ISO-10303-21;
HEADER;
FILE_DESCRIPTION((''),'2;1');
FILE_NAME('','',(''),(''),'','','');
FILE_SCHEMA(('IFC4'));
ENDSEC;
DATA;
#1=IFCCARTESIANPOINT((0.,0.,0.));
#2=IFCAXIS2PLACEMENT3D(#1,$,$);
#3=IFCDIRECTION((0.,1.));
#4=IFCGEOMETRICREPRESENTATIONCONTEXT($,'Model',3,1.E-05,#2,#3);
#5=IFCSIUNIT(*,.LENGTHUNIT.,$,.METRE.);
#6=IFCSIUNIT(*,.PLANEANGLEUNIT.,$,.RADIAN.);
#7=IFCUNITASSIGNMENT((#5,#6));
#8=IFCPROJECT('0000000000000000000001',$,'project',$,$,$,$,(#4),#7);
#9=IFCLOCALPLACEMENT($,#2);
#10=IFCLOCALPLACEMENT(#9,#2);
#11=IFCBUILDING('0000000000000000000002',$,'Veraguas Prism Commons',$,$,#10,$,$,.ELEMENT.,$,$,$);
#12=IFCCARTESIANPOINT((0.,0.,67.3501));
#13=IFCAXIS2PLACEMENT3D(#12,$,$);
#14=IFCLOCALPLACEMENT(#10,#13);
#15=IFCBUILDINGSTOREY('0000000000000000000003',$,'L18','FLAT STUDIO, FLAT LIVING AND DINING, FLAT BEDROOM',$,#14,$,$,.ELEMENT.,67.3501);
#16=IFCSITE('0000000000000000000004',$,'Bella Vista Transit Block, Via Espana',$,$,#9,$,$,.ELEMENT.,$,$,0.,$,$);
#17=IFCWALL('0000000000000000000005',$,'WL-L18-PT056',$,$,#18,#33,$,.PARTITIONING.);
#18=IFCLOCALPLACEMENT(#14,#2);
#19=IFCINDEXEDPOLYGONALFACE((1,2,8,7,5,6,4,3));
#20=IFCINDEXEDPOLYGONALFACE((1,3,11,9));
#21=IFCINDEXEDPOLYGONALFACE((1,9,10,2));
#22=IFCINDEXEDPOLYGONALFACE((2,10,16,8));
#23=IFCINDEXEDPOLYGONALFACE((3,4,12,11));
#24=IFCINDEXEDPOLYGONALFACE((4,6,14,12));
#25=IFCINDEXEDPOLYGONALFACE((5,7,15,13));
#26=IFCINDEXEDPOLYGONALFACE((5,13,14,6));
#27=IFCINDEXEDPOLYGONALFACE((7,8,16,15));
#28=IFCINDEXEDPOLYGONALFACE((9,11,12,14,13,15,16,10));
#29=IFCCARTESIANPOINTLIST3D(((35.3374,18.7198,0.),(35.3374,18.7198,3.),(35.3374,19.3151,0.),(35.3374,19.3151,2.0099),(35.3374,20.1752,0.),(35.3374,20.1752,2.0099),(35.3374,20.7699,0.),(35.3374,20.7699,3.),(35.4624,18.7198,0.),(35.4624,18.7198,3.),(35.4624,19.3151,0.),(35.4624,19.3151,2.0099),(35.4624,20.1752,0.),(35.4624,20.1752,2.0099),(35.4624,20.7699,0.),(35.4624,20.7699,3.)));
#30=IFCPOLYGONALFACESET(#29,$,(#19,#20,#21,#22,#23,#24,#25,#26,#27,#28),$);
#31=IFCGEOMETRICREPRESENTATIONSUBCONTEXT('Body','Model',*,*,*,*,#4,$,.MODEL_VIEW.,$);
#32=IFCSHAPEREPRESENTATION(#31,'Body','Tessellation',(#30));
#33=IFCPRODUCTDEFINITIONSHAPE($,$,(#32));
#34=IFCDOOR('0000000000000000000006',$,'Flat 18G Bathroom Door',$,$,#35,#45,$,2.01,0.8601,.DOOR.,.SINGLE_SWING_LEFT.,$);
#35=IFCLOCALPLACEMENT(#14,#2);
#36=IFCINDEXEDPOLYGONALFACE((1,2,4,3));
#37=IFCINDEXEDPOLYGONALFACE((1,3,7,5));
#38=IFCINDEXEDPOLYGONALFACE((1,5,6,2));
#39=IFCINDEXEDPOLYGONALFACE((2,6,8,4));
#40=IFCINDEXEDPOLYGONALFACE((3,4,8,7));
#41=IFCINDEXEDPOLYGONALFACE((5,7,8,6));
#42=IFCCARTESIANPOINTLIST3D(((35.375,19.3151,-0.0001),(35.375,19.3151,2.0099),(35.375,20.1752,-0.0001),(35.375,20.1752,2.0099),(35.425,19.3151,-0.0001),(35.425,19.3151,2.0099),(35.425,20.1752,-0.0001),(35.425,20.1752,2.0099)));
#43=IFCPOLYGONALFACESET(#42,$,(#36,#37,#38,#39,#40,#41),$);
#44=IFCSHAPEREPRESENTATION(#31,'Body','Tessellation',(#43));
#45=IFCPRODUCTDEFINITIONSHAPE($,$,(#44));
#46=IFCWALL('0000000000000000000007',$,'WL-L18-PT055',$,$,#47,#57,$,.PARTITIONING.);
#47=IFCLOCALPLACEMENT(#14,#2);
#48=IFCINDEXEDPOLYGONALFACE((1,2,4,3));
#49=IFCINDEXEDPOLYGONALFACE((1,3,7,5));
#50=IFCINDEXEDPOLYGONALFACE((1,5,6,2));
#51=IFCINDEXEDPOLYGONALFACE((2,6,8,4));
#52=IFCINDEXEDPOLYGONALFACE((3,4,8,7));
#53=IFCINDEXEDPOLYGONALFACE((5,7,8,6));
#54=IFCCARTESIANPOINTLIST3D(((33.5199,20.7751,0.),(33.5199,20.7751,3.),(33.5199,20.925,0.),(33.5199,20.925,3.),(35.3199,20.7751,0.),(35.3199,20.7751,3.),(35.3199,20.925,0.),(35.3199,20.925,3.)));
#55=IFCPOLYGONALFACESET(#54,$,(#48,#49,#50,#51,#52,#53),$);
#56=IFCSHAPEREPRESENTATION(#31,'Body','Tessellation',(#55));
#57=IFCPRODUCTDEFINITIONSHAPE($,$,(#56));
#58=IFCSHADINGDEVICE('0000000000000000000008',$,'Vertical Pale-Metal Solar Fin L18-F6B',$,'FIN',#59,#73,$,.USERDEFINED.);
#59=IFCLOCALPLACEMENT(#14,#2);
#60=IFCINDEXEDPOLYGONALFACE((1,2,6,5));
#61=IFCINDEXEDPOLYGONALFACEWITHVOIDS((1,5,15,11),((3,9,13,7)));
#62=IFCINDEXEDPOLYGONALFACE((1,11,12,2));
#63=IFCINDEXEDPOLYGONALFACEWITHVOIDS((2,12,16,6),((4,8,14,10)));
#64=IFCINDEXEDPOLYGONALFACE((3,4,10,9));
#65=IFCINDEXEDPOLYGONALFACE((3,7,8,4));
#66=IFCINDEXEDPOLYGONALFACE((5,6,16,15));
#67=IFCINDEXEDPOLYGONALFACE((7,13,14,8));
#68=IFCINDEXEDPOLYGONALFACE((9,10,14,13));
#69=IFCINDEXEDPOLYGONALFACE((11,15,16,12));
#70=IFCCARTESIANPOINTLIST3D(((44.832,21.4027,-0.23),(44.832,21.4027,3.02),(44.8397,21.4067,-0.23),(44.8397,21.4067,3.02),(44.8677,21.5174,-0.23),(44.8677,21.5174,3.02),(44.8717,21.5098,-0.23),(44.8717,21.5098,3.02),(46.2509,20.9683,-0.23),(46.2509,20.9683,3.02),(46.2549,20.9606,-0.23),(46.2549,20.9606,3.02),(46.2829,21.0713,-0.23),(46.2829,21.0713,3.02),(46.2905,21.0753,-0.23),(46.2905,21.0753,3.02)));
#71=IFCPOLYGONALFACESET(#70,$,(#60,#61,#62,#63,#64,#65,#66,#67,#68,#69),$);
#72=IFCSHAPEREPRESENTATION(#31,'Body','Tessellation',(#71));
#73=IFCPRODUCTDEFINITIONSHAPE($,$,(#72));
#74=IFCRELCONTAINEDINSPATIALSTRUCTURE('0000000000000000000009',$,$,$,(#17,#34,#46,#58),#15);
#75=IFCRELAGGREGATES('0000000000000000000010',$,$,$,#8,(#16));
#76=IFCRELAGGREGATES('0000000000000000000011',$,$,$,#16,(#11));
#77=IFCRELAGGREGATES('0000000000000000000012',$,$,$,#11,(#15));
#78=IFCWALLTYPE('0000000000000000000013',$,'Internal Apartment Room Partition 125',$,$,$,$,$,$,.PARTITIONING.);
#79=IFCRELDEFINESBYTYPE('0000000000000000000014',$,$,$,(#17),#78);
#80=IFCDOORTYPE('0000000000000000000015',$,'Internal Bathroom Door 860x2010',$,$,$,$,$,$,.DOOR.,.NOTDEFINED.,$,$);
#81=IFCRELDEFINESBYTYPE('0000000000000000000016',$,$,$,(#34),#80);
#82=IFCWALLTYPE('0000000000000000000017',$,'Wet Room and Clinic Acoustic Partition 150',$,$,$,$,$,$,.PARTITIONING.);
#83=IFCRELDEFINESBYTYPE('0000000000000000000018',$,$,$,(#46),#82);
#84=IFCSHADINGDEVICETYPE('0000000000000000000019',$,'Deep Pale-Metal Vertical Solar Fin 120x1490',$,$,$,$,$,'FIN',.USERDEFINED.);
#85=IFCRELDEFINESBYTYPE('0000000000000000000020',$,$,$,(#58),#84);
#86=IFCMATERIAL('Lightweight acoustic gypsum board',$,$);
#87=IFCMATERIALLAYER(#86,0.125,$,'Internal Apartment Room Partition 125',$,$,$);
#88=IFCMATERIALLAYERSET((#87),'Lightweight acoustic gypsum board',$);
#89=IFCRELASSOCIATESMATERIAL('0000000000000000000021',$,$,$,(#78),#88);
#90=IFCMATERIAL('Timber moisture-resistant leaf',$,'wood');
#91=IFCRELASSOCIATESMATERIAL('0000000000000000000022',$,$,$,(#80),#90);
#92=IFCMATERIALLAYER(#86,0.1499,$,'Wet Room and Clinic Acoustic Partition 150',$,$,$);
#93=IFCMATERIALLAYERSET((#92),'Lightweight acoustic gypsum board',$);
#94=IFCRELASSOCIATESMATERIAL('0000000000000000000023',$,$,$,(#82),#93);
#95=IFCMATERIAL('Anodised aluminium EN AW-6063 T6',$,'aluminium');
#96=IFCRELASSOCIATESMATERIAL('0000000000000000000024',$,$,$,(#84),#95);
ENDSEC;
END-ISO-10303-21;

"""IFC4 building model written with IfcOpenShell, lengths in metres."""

from ifc_helpers import new_model, si_unit, direction, frame, frame_2d, origin, origin_2d, place, context, subcontext, project, spatial, rectangle, hollow_rectangle, extrude, source, transform, mapped, material, layer, layer_set, material_profile, profile_set, type_object, element, fill, save


model = new_model("IFC4")

# Units and contexts
model_context = context("Model", 3, precision=1e-05, world=origin(), true_north=direction((0.0, 1.0)))
body_context = subcontext(model_context, "Body", "Model", "MODEL_VIEW")
ifc_project = project(units=[si_unit("LENGTHUNIT", "METRE"), si_unit("PLANEANGLEUNIT", "RADIAN")], contexts=[model_context])

# Site, building, storey
site_placement = place(None, origin())
site = spatial("IfcSite", under=ifc_project, at=site_placement, Name="Bella Vista Transit Block, Via Espana", CompositionType="ELEMENT", RefElevation=0.0)
building_placement = place(site_placement, origin())
building = spatial("IfcBuilding", under=site, at=building_placement, Name="Veraguas Prism Commons", CompositionType="ELEMENT")
storey_placement = place(building_placement, frame((0.0, 0.0, 67.3501)))
storey = spatial("IfcBuildingStorey", under=building, at=storey_placement, Name="L18", Description="FLAT STUDIO, FLAT LIVING AND DINING, FLAT BEDROOM", CompositionType="ELEMENT", Elevation=67.3501)

# Shared definitions
ifc_material_1 = material(Name="Anodised aluminium EN AW-6063 T6", Category="aluminium")

# Shared definitions
ifc_material_2 = material(Name="Lightweight acoustic gypsum board")
ifc_layer_1 = layer(ifc_material_2, 0.125, Name="Internal Apartment Room Partition 125")
ifc_layer_set_1 = layer_set([ifc_layer_1], Name="Lightweight acoustic gypsum board")
wall_type_1 = type_object("IfcWallType", Name="Internal Apartment Room Partition 125", PredefinedType="PARTITIONING", material=ifc_layer_set_1)

# Wall, opening, door
wall_1_placement = place(storey_placement, frame((35.3999, 18.72, 0.0), z_axis=(0.0, 0.0, 1.0), x_axis=(0.0, 1.0, 0.0)))
wall_1 = element("IfcWall", 1, at=wall_1_placement, inside=storey, type_object=wall_type_1, Name="WL-L18-PT056", PredefinedType="PARTITIONING", context=body_context, shape_type="SweptSolid", body=[
    extrude(rectangle(XDim=2.05, YDim=0.125, at=frame_2d((1.0249, 0.0))), origin(), (0.0, 0.0, 1.0), 3.0),
])
opening_1_placement = place(wall_1_placement, frame((0.595, 0.0, 0.0)))
opening_1 = element("IfcOpeningElement", 2, at=opening_1_placement, cuts=wall_1, PredefinedType="OPENING", context=body_context, shape_type="SweptSolid", body=[
    extrude(rectangle(XDim=0.8601, YDim=2.01, at=frame_2d((0.4302, 1.0049))), frame((0.0, 0.0725, 0.0), z_axis=(0.0, -1.0, 0.0), x_axis=(1.0, 0.0, 0.0)), (0.0, 0.0, 1.0), 0.145),
])
ifc_material_3 = material(Name="Timber moisture-resistant leaf", Category="wood")
door_type_1 = type_object("IfcDoorType", Name="Internal Bathroom Door 860x2010", OperationType="NOTDEFINED", PredefinedType="DOOR", material=ifc_material_3)
shared_shape_1 = source(origin(), body_context, "Body", "SweptSolid", [
    extrude(rectangle(XDim=0.8601, YDim=2.01, at=frame_2d((0.4302, 1.0049))), frame((0.0, 0.0249, 0.0), z_axis=(0.0, -1.0, 0.0), x_axis=(1.0, 0.0, 0.0)), (0.0, 0.0, 1.0), 0.05),
])
door_1_placement = place(opening_1_placement, origin())
door_1 = element("IfcDoor", 3, at=door_1_placement, inside=storey, type_object=door_type_1, Name="Flat 18G Bathroom Door", OperationType="SINGLE_SWING_LEFT", OverallHeight=2.01, OverallWidth=0.8601, PredefinedType="DOOR", context=body_context, shape_type="MappedRepresentation", body=[
    mapped(shared_shape_1, transform((0.0, 0.0, 0.0), scale=1.0)),
])
fill(opening_1, door_1)

# Wall
ifc_layer_2 = layer(ifc_material_2, 0.1499, Name="Wet Room and Clinic Acoustic Partition 150")
ifc_layer_set_2 = layer_set([ifc_layer_2], Name="Lightweight acoustic gypsum board")
wall_type_2 = type_object("IfcWallType", Name="Wet Room and Clinic Acoustic Partition 150", PredefinedType="PARTITIONING", material=ifc_layer_set_2)
wall_2_placement = place(storey_placement, frame((33.52, 20.8501, 0.0), z_axis=(0.0, 0.0, 1.0), x_axis=(1.0, 0.0, 0.0)))
element("IfcWall", 4, at=wall_2_placement, inside=storey, type_object=wall_type_2, Name="WL-L18-PT055", PredefinedType="PARTITIONING", context=body_context, shape_type="SweptSolid", body=[
    extrude(rectangle(XDim=1.8, YDim=0.1499, at=frame_2d((0.8999, 0.0))), origin(), (0.0, 0.0, 1.0), 3.0),
])

# Shading device
ifc_material_profile_1 = material_profile(ifc_material_1, hollow_rectangle(XDim=0.1201, YDim=1.49, WallThickness=0.0061, at=origin_2d()), Name="FIN120X1490X6")
ifc_profile_set_1 = profile_set([ifc_material_profile_1], Name="Anodised aluminium EN AW-6063 T6")
shading_device_type = type_object("IfcShadingDeviceType", Name="Deep Pale-Metal Vertical Solar Fin 120x1490", ElementType="FIN", PredefinedType="USERDEFINED", material=ifc_profile_set_1)
shading_device_placement = place(storey_placement, frame((45.5613, 21.239, -0.23), z_axis=(0.0, 0.0, 1.0), x_axis=(0.29671, 0.954968, 0.0)))
element("IfcShadingDevice", 5, at=shading_device_placement, inside=storey, type_object=shading_device_type, Name="Vertical Pale-Metal Solar Fin L18-F6B", ObjectType="FIN", PredefinedType="USERDEFINED", context=body_context, shape_type="SweptSolid", body=[
    extrude(hollow_rectangle(XDim=0.1201, YDim=1.49, WallThickness=0.0061, at=origin_2d()), origin(), (0.0, 0.0, 1.0), 3.25),
])

save(model, "model.ifc")
